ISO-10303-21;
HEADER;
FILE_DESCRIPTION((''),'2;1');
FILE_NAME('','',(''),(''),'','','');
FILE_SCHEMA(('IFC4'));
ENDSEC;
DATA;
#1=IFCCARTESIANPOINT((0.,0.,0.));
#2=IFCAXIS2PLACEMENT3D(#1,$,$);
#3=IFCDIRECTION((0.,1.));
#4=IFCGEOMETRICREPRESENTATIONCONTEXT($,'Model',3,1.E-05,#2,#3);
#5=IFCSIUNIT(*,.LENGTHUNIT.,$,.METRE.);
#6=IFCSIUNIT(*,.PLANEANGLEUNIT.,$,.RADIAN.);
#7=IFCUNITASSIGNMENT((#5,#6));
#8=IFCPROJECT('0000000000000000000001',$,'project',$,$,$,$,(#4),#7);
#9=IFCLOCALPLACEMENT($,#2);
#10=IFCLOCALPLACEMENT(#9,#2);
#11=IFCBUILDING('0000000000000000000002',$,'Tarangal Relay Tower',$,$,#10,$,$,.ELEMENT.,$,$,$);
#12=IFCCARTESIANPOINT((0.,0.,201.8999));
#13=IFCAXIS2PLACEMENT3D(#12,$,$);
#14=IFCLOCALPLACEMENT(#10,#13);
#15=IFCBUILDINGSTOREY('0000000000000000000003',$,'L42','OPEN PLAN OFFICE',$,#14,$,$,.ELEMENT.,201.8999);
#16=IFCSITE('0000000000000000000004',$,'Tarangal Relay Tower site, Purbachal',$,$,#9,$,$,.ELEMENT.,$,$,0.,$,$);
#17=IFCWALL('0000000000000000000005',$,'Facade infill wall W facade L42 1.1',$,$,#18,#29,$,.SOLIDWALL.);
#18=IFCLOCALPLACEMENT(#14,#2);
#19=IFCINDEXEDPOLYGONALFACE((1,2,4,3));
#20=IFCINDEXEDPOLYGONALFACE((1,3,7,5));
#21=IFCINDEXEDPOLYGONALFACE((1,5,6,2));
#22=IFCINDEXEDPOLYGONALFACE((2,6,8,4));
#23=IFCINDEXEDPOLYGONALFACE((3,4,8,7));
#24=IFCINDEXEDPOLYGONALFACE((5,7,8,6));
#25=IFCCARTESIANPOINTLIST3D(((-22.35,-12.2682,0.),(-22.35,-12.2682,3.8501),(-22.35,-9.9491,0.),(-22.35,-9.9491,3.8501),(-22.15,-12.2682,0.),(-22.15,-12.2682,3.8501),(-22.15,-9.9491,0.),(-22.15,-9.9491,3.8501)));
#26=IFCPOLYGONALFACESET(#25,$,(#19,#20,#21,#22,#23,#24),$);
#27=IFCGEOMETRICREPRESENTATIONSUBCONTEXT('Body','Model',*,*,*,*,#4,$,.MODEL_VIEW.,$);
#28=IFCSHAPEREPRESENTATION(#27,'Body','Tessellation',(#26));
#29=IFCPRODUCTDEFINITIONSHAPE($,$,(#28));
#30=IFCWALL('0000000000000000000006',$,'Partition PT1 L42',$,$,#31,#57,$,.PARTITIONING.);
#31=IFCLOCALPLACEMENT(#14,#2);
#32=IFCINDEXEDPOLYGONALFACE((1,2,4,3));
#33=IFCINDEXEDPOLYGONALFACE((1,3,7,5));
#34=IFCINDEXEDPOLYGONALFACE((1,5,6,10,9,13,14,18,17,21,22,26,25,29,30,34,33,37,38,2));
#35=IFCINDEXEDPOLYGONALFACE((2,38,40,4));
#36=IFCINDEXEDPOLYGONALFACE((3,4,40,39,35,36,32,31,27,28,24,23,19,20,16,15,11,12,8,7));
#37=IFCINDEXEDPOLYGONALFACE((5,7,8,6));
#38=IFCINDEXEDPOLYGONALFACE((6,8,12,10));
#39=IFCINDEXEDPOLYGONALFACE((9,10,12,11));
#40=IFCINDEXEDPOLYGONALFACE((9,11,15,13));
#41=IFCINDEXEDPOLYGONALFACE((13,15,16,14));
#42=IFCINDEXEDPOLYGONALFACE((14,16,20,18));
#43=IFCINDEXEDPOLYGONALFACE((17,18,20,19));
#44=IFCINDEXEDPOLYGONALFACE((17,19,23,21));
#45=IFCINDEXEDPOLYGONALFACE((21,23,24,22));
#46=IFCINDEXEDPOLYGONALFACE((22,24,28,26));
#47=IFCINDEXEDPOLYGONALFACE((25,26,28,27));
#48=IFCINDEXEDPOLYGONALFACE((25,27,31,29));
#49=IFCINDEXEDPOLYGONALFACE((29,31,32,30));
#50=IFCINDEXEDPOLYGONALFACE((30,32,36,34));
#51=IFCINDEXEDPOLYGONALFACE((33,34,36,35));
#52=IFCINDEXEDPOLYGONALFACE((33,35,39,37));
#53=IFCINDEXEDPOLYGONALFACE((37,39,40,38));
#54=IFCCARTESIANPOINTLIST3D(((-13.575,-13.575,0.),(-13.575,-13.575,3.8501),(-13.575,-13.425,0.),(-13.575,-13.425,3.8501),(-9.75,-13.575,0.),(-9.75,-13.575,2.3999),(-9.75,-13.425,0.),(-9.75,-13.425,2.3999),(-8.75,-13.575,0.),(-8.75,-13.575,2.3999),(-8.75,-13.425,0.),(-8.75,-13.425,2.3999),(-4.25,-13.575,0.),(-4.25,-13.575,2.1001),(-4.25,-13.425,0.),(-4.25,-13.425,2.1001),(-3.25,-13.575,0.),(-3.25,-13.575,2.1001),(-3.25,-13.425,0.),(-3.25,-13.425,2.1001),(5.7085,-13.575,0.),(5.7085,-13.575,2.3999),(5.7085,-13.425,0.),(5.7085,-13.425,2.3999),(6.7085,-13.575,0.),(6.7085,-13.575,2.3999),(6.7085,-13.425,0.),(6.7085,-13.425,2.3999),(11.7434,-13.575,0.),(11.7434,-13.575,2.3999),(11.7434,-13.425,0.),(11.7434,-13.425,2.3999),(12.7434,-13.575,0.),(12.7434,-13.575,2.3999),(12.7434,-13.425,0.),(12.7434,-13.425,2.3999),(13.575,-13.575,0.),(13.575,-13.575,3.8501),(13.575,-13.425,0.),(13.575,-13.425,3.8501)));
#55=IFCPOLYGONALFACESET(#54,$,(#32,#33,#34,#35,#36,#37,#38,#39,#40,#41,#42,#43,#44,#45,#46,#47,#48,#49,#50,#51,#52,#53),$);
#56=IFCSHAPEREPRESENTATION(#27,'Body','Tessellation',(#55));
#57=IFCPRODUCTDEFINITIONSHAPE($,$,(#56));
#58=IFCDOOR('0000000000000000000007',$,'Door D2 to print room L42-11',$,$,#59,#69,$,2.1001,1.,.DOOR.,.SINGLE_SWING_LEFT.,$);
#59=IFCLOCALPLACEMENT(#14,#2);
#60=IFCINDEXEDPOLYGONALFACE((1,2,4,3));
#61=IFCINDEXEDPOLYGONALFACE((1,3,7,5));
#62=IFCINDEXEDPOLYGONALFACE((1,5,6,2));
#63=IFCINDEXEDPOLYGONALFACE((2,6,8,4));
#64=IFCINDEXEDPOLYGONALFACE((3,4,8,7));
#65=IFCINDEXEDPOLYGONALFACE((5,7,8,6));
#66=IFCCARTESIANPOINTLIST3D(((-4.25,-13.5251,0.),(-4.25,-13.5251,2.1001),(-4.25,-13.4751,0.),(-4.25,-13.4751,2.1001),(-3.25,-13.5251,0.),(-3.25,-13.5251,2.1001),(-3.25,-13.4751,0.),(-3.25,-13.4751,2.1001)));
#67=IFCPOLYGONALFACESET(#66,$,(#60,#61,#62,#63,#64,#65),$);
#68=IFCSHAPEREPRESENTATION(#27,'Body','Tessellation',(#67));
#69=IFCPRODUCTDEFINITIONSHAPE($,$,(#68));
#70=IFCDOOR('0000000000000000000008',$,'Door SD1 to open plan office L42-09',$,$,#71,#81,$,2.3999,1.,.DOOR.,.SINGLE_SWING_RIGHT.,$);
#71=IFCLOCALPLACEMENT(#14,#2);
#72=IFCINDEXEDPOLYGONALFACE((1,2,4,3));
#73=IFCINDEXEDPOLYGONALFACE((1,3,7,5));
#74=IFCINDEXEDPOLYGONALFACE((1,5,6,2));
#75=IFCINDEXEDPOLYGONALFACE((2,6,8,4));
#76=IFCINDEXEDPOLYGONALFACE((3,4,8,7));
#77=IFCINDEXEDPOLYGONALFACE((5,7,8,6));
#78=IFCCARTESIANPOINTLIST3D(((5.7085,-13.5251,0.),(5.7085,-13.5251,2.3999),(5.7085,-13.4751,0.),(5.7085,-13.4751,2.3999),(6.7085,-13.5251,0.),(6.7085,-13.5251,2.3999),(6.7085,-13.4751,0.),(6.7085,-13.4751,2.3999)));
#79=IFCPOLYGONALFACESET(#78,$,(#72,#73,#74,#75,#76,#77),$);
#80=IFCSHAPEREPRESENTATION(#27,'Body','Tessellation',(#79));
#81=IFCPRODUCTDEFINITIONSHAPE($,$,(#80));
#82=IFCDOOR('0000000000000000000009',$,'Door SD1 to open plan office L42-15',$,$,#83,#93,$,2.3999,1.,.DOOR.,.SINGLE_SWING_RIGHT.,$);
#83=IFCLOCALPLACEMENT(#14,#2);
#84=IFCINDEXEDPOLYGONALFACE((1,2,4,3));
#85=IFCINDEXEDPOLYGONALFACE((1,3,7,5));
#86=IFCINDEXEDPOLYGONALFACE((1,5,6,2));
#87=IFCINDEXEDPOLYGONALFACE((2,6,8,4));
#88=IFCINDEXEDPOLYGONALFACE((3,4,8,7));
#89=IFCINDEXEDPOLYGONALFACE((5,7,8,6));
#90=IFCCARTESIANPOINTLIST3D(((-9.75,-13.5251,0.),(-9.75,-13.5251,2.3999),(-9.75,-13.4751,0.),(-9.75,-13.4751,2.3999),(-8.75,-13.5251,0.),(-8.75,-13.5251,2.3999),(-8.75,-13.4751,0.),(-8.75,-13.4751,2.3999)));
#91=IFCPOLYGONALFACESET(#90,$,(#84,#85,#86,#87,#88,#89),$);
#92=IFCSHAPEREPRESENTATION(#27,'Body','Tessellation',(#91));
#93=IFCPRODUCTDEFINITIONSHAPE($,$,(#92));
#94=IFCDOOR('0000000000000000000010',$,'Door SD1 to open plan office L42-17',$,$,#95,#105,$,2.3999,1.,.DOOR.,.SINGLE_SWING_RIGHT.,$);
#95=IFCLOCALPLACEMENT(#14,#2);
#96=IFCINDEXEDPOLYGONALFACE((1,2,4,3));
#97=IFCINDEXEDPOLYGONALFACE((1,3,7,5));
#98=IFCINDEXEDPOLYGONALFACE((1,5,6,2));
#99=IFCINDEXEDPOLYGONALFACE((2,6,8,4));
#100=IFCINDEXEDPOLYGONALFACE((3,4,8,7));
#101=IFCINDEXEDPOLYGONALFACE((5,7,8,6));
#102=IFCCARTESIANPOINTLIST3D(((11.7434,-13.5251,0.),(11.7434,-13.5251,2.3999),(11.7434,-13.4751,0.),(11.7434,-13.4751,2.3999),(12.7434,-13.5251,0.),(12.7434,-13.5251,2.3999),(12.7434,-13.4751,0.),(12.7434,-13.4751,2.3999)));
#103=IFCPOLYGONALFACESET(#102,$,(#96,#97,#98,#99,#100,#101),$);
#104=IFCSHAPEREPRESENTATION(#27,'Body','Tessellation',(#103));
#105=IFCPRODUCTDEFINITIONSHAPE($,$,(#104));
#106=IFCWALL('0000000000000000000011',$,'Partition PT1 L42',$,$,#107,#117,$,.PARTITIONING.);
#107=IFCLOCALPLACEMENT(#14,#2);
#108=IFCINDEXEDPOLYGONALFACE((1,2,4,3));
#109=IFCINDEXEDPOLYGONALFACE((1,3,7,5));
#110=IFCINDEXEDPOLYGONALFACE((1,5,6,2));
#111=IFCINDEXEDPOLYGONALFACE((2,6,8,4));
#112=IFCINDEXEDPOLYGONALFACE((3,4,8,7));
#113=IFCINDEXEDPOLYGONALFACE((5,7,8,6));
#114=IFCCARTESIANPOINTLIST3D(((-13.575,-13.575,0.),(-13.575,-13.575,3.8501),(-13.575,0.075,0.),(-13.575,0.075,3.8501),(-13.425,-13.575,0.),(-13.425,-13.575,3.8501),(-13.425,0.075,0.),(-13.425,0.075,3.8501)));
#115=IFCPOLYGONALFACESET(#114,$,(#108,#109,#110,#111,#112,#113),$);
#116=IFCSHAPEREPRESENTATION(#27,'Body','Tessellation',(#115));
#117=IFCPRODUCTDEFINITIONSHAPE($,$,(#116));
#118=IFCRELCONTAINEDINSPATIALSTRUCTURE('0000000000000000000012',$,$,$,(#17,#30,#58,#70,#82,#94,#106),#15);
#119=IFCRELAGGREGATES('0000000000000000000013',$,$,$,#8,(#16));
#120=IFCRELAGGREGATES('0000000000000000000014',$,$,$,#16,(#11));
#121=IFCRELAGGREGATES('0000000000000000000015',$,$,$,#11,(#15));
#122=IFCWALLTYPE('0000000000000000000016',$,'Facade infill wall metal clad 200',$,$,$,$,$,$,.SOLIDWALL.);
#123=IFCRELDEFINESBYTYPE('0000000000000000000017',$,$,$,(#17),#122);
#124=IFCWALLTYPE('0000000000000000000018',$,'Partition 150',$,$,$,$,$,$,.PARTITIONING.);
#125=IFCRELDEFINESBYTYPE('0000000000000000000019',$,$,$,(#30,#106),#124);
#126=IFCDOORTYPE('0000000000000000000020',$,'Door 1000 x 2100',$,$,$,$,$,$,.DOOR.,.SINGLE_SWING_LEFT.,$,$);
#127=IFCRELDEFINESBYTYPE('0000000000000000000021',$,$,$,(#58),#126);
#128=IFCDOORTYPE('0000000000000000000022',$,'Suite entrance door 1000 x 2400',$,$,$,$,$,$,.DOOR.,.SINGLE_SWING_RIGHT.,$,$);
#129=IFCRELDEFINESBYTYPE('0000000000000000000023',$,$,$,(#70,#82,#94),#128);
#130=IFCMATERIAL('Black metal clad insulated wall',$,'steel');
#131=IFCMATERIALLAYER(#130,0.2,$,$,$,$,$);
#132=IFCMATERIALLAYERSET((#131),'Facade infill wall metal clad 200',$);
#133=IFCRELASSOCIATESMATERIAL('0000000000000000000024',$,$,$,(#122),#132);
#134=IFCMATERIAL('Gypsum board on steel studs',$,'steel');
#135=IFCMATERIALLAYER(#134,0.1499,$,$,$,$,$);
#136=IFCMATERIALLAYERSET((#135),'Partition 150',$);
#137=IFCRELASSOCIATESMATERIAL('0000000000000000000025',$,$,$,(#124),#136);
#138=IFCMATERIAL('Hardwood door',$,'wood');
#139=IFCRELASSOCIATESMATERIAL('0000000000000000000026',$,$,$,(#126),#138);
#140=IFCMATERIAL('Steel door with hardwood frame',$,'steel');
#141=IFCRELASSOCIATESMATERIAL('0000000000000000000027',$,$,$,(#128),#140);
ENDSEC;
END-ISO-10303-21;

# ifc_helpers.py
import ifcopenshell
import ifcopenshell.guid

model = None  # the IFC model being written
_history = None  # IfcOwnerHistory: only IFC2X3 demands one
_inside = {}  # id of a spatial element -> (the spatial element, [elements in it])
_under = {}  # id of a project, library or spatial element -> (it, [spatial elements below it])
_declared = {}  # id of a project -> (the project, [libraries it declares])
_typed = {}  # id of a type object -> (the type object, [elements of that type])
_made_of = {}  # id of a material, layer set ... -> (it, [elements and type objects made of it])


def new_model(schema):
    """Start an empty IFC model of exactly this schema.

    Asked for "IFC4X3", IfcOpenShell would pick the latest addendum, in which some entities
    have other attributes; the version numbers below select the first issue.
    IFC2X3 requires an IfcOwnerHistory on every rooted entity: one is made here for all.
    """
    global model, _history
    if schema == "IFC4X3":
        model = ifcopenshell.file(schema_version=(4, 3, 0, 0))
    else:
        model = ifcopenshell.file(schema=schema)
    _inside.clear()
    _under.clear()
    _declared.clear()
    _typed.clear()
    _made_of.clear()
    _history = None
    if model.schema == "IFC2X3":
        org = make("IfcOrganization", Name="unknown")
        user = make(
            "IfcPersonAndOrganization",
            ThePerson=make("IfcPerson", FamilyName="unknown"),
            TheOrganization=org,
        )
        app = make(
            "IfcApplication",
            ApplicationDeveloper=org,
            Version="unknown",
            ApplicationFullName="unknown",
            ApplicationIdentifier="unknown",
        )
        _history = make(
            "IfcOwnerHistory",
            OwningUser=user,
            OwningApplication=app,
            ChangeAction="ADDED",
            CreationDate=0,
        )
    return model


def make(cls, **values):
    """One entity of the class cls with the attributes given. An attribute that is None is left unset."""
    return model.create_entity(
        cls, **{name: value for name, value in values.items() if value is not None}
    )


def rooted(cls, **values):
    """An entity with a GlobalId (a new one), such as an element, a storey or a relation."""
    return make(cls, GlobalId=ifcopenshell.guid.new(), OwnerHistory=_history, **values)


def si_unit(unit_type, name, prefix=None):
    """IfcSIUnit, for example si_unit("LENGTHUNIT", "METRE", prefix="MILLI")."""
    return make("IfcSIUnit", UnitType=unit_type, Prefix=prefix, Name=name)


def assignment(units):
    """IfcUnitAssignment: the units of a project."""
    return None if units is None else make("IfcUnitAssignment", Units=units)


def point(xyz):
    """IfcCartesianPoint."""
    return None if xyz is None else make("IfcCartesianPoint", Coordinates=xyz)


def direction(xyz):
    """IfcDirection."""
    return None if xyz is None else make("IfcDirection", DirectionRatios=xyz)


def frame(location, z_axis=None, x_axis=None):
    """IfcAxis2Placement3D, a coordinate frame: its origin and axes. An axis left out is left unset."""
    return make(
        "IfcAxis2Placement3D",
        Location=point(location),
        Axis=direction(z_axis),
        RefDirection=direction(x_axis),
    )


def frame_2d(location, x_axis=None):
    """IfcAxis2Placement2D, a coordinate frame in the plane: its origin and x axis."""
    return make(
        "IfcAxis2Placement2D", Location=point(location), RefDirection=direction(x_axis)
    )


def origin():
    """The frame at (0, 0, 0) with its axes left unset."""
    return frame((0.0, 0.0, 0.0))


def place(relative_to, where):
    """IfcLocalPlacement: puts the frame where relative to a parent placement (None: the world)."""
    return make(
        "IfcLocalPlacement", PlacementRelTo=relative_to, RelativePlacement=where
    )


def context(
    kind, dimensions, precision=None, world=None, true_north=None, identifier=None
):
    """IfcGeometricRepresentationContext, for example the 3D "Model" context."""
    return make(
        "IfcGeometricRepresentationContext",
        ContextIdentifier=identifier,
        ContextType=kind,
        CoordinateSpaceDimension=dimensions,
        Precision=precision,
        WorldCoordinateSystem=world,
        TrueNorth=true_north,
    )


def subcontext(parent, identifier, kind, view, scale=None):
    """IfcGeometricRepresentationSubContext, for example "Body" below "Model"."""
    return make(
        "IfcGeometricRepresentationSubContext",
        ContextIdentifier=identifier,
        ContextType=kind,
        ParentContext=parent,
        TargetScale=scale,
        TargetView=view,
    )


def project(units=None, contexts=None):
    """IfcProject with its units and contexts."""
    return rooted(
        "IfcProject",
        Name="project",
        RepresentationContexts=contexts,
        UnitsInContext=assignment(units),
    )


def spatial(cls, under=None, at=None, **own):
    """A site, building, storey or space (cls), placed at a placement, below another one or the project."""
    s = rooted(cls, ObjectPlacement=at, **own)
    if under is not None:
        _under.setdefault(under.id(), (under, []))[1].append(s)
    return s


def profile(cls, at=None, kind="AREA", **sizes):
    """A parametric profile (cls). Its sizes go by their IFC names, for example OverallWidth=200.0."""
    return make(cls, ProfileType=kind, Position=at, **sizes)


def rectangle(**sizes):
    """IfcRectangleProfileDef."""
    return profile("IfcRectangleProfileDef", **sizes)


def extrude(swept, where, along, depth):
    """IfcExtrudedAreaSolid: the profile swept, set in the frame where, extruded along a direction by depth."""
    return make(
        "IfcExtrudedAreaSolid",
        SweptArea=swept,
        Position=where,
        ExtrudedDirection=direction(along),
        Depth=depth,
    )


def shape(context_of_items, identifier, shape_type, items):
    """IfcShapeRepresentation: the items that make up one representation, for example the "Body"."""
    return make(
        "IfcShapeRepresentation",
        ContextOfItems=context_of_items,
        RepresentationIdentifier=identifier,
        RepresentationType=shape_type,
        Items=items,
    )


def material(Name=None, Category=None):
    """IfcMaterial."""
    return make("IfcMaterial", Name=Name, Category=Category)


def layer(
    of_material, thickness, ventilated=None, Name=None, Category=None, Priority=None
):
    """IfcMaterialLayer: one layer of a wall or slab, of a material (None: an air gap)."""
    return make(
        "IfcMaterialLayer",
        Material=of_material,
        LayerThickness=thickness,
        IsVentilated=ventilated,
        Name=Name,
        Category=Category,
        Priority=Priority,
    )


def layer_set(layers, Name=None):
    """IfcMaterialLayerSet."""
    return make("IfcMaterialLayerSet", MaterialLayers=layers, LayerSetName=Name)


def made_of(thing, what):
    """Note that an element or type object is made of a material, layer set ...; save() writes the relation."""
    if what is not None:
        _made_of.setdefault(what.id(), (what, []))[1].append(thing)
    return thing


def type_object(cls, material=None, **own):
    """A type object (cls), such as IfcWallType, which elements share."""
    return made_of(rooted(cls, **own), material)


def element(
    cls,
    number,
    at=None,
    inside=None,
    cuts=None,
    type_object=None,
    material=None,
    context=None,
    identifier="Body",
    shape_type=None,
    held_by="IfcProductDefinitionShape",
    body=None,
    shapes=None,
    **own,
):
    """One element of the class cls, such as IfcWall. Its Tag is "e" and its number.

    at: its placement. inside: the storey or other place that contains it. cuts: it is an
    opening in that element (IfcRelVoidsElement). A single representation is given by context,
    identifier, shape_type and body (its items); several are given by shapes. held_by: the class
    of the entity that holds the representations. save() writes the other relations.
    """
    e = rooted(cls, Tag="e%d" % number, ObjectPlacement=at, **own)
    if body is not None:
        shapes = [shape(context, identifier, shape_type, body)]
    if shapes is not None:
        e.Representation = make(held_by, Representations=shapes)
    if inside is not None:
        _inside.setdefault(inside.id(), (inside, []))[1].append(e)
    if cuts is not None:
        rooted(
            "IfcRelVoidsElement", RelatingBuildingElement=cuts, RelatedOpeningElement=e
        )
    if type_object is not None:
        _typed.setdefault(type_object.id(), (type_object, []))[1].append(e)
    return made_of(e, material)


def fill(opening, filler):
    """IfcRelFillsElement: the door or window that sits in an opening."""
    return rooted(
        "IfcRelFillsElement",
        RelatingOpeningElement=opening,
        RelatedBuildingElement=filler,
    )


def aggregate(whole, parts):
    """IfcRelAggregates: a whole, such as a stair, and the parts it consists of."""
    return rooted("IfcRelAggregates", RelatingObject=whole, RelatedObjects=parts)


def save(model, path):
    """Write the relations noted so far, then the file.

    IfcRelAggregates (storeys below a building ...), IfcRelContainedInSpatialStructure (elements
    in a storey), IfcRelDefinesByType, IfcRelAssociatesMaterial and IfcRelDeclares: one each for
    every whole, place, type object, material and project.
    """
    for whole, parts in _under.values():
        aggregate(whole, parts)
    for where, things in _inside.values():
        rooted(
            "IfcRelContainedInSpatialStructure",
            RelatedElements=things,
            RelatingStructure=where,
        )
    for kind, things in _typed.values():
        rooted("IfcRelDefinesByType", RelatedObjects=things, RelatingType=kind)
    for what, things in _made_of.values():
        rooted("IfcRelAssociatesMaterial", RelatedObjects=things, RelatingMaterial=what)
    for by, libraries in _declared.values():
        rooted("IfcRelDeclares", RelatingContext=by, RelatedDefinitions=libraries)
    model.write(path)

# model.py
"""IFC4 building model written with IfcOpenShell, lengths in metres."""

from ifc_helpers import new_model, si_unit, direction, frame, frame_2d, origin, place, context, subcontext, project, spatial, rectangle, extrude, material, layer, layer_set, type_object, element, fill, save


model = new_model("IFC4")

# Units and contexts
model_context = context("Model", 3, precision=1e-05, world=origin(), true_north=direction((0.0, 1.0)))
body_context = subcontext(model_context, "Body", "Model", "MODEL_VIEW")
ifc_project = project(units=[si_unit("LENGTHUNIT", "METRE"), si_unit("PLANEANGLEUNIT", "RADIAN")], contexts=[model_context])

# Site, building, storey
site_placement = place(None, origin())
site = spatial("IfcSite", under=ifc_project, at=site_placement, Name="Tarangal Relay Tower site, Purbachal", CompositionType="ELEMENT", RefElevation=0.0)
building_placement = place(site_placement, origin())
building = spatial("IfcBuilding", under=site, at=building_placement, Name="Tarangal Relay Tower", CompositionType="ELEMENT")
storey_placement = place(building_placement, frame((0.0, 0.0, 201.8999)))
storey = spatial("IfcBuildingStorey", under=building, at=storey_placement, Name="L42", Description="OPEN PLAN OFFICE", CompositionType="ELEMENT", Elevation=201.8999)

# Shared definitions
ifc_material_1 = material(Name="Black metal clad insulated wall", Category="steel")

# Wall
ifc_layer_1 = layer(ifc_material_1, 0.2)
ifc_layer_set_1 = layer_set([ifc_layer_1], Name="Facade infill wall metal clad 200")
wall_type_1 = type_object("IfcWallType", Name="Facade infill wall metal clad 200", PredefinedType="SOLIDWALL", material=ifc_layer_set_1)
wall_1_placement = place(storey_placement, frame((-22.25, -12.2683, 0.0), z_axis=(0.0, 0.0, 1.0), x_axis=(0.0, 1.0, 0.0)))
element("IfcWall", 1, at=wall_1_placement, inside=storey, type_object=wall_type_1, Name="Facade infill wall W facade L42 1.1", PredefinedType="SOLIDWALL", context=body_context, shape_type="SweptSolid", body=[
    extrude(rectangle(XDim=2.3191, YDim=0.2, at=frame_2d((1.1597, 0.0))), origin(), (0.0, 0.0, 1.0), 3.8501),
])

# Wall, openings, doors
ifc_material_2 = material(Name="Gypsum board on steel studs", Category="steel")
ifc_layer_2 = layer(ifc_material_2, 0.1499)
ifc_layer_set_2 = layer_set([ifc_layer_2], Name="Partition 150")
wall_type_2 = type_object("IfcWallType", Name="Partition 150", PredefinedType="PARTITIONING", material=ifc_layer_set_2)
wall_2_placement = place(storey_placement, frame((-13.575, -13.5, 0.0), z_axis=(0.0, 0.0, 1.0), x_axis=(1.0, 0.0, 0.0)))
wall_2 = element("IfcWall", 2, at=wall_2_placement, inside=storey, type_object=wall_type_2, Name="Partition PT1 L42", PredefinedType="PARTITIONING", context=body_context, shape_type="SweptSolid", body=[
    extrude(rectangle(XDim=27.1499, YDim=0.1499, at=frame_2d((13.575, 0.0))), origin(), (0.0, 0.0, 1.0), 3.8501),
])
opening_1_placement = place(wall_2_placement, frame((19.2834, 0.0, 0.0)))
opening_1 = element("IfcOpeningElement", 3, at=opening_1_placement, cuts=wall_2, PredefinedType="OPENING", context=body_context, shape_type="SweptSolid", body=[
    extrude(rectangle(XDim=1.0, YDim=2.3999, at=frame_2d((0.5, 1.2))), frame((0.0, 0.085, 0.0), z_axis=(0.0, -1.0, 0.0), x_axis=(1.0, 0.0, 0.0)), (0.0, 0.0, 1.0), 0.1699),
])
opening_2_placement = place(wall_2_placement, frame((9.325, 0.0, 0.0)))
opening_2 = element("IfcOpeningElement", 4, at=opening_2_placement, cuts=wall_2, PredefinedType="OPENING", context=body_context, shape_type="SweptSolid", body=[
    extrude(rectangle(XDim=1.0, YDim=2.1001, at=frame_2d((0.5, 1.05))), frame((0.0, 0.085, 0.0), z_axis=(0.0, -1.0, 0.0), x_axis=(1.0, 0.0, 0.0)), (0.0, 0.0, 1.0), 0.1699),
])
opening_3_placement = place(wall_2_placement, frame((3.825, 0.0, 0.0)))
opening_3 = element("IfcOpeningElement", 5, at=opening_3_placement, cuts=wall_2, PredefinedType="OPENING", context=body_context, shape_type="SweptSolid", body=[
    extrude(rectangle(XDim=1.0, YDim=2.3999, at=frame_2d((0.5, 1.2))), frame((0.0, 0.085, 0.0), z_axis=(0.0, -1.0, 0.0), x_axis=(1.0, 0.0, 0.0)), (0.0, 0.0, 1.0), 0.1699),
])
opening_4_placement = place(wall_2_placement, frame((25.3184, 0.0, 0.0)))
opening_4 = element("IfcOpeningElement", 6, at=opening_4_placement, cuts=wall_2, PredefinedType="OPENING", context=body_context, shape_type="SweptSolid", body=[
    extrude(rectangle(XDim=1.0, YDim=2.3999, at=frame_2d((0.5, 1.2))), frame((0.0, 0.085, 0.0), z_axis=(0.0, -1.0, 0.0), x_axis=(1.0, 0.0, 0.0)), (0.0, 0.0, 1.0), 0.1699),
])
ifc_material_3 = material(Name="Hardwood door", Category="wood")
door_type_1 = type_object("IfcDoorType", Name="Door 1000 x 2100", OperationType="SINGLE_SWING_LEFT", PredefinedType="DOOR", material=ifc_material_3)
door_1_placement = place(opening_2_placement, origin())
door_1 = element("IfcDoor", 7, at=door_1_placement, inside=storey, type_object=door_type_1, Name="Door D2 to print room L42-11", OperationType="SINGLE_SWING_LEFT", OverallHeight=2.1001, OverallWidth=1.0, PredefinedType="DOOR", context=body_context, shape_type="SweptSolid", body=[
    extrude(rectangle(XDim=1.0, YDim=2.1001, at=frame_2d((0.5, 1.05))), frame((0.0, 0.0249, 0.0), z_axis=(0.0, -1.0, 0.0), x_axis=(1.0, 0.0, 0.0)), (0.0, 0.0, 1.0), 0.05),
])
fill(opening_2, door_1)
ifc_material_4 = material(Name="Steel door with hardwood frame", Category="steel")
door_type_2 = type_object("IfcDoorType", Name="Suite entrance door 1000 x 2400", OperationType="SINGLE_SWING_RIGHT", PredefinedType="DOOR", material=ifc_material_4)
door_2_placement = place(opening_1_placement, origin())
door_2 = element("IfcDoor", 8, at=door_2_placement, inside=storey, type_object=door_type_2, Name="Door SD1 to open plan office L42-09", OperationType="SINGLE_SWING_RIGHT", OverallHeight=2.3999, OverallWidth=1.0, PredefinedType="DOOR", context=body_context, shape_type="SweptSolid", body=[
    extrude(rectangle(XDim=1.0, YDim=2.3999, at=frame_2d((0.5, 1.2))), frame((0.0, 0.0249, 0.0), z_axis=(0.0, -1.0, 0.0), x_axis=(1.0, 0.0, 0.0)), (0.0, 0.0, 1.0), 0.05),
])
fill(opening_1, door_2)
door_3_placement = place(opening_3_placement, origin())
door_3 = element("IfcDoor", 9, at=door_3_placement, inside=storey, type_object=door_type_2, Name="Door SD1 to open plan office L42-15", OperationType="SINGLE_SWING_RIGHT", OverallHeight=2.3999, OverallWidth=1.0, PredefinedType="DOOR", context=body_context, shape_type="SweptSolid", body=[
    extrude(rectangle(XDim=1.0, YDim=2.3999, at=frame_2d((0.5, 1.2))), frame((0.0, 0.0249, 0.0), z_axis=(0.0, -1.0, 0.0), x_axis=(1.0, 0.0, 0.0)), (0.0, 0.0, 1.0), 0.05),
])
fill(opening_3, door_3)
door_4_placement = place(opening_4_placement, origin())
door_4 = element("IfcDoor", 10, at=door_4_placement, inside=storey, type_object=door_type_2, Name="Door SD1 to open plan office L42-17", OperationType="SINGLE_SWING_RIGHT", OverallHeight=2.3999, OverallWidth=1.0, PredefinedType="DOOR", context=body_context, shape_type="SweptSolid", body=[
    extrude(rectangle(XDim=1.0, YDim=2.3999, at=frame_2d((0.5, 1.2))), frame((0.0, 0.0249, 0.0), z_axis=(0.0, -1.0, 0.0), x_axis=(1.0, 0.0, 0.0)), (0.0, 0.0, 1.0), 0.05),
])
fill(opening_4, door_4)

# Wall
wall_3_placement = place(storey_placement, frame((-13.5, -13.575, 0.0), z_axis=(0.0, 0.0, 1.0), x_axis=(0.0, 1.0, 0.0)))
element("IfcWall", 11, at=wall_3_placement, inside=storey, type_object=wall_type_2, Name="Partition PT1 L42", PredefinedType="PARTITIONING", context=body_context, shape_type="SweptSolid", body=[
    extrude(rectangle(XDim=13.6499, YDim=0.1499, at=frame_2d((6.825, 0.0))), origin(), (0.0, 0.0, 1.0), 3.8501),
])

save(model, "model.ifc")
